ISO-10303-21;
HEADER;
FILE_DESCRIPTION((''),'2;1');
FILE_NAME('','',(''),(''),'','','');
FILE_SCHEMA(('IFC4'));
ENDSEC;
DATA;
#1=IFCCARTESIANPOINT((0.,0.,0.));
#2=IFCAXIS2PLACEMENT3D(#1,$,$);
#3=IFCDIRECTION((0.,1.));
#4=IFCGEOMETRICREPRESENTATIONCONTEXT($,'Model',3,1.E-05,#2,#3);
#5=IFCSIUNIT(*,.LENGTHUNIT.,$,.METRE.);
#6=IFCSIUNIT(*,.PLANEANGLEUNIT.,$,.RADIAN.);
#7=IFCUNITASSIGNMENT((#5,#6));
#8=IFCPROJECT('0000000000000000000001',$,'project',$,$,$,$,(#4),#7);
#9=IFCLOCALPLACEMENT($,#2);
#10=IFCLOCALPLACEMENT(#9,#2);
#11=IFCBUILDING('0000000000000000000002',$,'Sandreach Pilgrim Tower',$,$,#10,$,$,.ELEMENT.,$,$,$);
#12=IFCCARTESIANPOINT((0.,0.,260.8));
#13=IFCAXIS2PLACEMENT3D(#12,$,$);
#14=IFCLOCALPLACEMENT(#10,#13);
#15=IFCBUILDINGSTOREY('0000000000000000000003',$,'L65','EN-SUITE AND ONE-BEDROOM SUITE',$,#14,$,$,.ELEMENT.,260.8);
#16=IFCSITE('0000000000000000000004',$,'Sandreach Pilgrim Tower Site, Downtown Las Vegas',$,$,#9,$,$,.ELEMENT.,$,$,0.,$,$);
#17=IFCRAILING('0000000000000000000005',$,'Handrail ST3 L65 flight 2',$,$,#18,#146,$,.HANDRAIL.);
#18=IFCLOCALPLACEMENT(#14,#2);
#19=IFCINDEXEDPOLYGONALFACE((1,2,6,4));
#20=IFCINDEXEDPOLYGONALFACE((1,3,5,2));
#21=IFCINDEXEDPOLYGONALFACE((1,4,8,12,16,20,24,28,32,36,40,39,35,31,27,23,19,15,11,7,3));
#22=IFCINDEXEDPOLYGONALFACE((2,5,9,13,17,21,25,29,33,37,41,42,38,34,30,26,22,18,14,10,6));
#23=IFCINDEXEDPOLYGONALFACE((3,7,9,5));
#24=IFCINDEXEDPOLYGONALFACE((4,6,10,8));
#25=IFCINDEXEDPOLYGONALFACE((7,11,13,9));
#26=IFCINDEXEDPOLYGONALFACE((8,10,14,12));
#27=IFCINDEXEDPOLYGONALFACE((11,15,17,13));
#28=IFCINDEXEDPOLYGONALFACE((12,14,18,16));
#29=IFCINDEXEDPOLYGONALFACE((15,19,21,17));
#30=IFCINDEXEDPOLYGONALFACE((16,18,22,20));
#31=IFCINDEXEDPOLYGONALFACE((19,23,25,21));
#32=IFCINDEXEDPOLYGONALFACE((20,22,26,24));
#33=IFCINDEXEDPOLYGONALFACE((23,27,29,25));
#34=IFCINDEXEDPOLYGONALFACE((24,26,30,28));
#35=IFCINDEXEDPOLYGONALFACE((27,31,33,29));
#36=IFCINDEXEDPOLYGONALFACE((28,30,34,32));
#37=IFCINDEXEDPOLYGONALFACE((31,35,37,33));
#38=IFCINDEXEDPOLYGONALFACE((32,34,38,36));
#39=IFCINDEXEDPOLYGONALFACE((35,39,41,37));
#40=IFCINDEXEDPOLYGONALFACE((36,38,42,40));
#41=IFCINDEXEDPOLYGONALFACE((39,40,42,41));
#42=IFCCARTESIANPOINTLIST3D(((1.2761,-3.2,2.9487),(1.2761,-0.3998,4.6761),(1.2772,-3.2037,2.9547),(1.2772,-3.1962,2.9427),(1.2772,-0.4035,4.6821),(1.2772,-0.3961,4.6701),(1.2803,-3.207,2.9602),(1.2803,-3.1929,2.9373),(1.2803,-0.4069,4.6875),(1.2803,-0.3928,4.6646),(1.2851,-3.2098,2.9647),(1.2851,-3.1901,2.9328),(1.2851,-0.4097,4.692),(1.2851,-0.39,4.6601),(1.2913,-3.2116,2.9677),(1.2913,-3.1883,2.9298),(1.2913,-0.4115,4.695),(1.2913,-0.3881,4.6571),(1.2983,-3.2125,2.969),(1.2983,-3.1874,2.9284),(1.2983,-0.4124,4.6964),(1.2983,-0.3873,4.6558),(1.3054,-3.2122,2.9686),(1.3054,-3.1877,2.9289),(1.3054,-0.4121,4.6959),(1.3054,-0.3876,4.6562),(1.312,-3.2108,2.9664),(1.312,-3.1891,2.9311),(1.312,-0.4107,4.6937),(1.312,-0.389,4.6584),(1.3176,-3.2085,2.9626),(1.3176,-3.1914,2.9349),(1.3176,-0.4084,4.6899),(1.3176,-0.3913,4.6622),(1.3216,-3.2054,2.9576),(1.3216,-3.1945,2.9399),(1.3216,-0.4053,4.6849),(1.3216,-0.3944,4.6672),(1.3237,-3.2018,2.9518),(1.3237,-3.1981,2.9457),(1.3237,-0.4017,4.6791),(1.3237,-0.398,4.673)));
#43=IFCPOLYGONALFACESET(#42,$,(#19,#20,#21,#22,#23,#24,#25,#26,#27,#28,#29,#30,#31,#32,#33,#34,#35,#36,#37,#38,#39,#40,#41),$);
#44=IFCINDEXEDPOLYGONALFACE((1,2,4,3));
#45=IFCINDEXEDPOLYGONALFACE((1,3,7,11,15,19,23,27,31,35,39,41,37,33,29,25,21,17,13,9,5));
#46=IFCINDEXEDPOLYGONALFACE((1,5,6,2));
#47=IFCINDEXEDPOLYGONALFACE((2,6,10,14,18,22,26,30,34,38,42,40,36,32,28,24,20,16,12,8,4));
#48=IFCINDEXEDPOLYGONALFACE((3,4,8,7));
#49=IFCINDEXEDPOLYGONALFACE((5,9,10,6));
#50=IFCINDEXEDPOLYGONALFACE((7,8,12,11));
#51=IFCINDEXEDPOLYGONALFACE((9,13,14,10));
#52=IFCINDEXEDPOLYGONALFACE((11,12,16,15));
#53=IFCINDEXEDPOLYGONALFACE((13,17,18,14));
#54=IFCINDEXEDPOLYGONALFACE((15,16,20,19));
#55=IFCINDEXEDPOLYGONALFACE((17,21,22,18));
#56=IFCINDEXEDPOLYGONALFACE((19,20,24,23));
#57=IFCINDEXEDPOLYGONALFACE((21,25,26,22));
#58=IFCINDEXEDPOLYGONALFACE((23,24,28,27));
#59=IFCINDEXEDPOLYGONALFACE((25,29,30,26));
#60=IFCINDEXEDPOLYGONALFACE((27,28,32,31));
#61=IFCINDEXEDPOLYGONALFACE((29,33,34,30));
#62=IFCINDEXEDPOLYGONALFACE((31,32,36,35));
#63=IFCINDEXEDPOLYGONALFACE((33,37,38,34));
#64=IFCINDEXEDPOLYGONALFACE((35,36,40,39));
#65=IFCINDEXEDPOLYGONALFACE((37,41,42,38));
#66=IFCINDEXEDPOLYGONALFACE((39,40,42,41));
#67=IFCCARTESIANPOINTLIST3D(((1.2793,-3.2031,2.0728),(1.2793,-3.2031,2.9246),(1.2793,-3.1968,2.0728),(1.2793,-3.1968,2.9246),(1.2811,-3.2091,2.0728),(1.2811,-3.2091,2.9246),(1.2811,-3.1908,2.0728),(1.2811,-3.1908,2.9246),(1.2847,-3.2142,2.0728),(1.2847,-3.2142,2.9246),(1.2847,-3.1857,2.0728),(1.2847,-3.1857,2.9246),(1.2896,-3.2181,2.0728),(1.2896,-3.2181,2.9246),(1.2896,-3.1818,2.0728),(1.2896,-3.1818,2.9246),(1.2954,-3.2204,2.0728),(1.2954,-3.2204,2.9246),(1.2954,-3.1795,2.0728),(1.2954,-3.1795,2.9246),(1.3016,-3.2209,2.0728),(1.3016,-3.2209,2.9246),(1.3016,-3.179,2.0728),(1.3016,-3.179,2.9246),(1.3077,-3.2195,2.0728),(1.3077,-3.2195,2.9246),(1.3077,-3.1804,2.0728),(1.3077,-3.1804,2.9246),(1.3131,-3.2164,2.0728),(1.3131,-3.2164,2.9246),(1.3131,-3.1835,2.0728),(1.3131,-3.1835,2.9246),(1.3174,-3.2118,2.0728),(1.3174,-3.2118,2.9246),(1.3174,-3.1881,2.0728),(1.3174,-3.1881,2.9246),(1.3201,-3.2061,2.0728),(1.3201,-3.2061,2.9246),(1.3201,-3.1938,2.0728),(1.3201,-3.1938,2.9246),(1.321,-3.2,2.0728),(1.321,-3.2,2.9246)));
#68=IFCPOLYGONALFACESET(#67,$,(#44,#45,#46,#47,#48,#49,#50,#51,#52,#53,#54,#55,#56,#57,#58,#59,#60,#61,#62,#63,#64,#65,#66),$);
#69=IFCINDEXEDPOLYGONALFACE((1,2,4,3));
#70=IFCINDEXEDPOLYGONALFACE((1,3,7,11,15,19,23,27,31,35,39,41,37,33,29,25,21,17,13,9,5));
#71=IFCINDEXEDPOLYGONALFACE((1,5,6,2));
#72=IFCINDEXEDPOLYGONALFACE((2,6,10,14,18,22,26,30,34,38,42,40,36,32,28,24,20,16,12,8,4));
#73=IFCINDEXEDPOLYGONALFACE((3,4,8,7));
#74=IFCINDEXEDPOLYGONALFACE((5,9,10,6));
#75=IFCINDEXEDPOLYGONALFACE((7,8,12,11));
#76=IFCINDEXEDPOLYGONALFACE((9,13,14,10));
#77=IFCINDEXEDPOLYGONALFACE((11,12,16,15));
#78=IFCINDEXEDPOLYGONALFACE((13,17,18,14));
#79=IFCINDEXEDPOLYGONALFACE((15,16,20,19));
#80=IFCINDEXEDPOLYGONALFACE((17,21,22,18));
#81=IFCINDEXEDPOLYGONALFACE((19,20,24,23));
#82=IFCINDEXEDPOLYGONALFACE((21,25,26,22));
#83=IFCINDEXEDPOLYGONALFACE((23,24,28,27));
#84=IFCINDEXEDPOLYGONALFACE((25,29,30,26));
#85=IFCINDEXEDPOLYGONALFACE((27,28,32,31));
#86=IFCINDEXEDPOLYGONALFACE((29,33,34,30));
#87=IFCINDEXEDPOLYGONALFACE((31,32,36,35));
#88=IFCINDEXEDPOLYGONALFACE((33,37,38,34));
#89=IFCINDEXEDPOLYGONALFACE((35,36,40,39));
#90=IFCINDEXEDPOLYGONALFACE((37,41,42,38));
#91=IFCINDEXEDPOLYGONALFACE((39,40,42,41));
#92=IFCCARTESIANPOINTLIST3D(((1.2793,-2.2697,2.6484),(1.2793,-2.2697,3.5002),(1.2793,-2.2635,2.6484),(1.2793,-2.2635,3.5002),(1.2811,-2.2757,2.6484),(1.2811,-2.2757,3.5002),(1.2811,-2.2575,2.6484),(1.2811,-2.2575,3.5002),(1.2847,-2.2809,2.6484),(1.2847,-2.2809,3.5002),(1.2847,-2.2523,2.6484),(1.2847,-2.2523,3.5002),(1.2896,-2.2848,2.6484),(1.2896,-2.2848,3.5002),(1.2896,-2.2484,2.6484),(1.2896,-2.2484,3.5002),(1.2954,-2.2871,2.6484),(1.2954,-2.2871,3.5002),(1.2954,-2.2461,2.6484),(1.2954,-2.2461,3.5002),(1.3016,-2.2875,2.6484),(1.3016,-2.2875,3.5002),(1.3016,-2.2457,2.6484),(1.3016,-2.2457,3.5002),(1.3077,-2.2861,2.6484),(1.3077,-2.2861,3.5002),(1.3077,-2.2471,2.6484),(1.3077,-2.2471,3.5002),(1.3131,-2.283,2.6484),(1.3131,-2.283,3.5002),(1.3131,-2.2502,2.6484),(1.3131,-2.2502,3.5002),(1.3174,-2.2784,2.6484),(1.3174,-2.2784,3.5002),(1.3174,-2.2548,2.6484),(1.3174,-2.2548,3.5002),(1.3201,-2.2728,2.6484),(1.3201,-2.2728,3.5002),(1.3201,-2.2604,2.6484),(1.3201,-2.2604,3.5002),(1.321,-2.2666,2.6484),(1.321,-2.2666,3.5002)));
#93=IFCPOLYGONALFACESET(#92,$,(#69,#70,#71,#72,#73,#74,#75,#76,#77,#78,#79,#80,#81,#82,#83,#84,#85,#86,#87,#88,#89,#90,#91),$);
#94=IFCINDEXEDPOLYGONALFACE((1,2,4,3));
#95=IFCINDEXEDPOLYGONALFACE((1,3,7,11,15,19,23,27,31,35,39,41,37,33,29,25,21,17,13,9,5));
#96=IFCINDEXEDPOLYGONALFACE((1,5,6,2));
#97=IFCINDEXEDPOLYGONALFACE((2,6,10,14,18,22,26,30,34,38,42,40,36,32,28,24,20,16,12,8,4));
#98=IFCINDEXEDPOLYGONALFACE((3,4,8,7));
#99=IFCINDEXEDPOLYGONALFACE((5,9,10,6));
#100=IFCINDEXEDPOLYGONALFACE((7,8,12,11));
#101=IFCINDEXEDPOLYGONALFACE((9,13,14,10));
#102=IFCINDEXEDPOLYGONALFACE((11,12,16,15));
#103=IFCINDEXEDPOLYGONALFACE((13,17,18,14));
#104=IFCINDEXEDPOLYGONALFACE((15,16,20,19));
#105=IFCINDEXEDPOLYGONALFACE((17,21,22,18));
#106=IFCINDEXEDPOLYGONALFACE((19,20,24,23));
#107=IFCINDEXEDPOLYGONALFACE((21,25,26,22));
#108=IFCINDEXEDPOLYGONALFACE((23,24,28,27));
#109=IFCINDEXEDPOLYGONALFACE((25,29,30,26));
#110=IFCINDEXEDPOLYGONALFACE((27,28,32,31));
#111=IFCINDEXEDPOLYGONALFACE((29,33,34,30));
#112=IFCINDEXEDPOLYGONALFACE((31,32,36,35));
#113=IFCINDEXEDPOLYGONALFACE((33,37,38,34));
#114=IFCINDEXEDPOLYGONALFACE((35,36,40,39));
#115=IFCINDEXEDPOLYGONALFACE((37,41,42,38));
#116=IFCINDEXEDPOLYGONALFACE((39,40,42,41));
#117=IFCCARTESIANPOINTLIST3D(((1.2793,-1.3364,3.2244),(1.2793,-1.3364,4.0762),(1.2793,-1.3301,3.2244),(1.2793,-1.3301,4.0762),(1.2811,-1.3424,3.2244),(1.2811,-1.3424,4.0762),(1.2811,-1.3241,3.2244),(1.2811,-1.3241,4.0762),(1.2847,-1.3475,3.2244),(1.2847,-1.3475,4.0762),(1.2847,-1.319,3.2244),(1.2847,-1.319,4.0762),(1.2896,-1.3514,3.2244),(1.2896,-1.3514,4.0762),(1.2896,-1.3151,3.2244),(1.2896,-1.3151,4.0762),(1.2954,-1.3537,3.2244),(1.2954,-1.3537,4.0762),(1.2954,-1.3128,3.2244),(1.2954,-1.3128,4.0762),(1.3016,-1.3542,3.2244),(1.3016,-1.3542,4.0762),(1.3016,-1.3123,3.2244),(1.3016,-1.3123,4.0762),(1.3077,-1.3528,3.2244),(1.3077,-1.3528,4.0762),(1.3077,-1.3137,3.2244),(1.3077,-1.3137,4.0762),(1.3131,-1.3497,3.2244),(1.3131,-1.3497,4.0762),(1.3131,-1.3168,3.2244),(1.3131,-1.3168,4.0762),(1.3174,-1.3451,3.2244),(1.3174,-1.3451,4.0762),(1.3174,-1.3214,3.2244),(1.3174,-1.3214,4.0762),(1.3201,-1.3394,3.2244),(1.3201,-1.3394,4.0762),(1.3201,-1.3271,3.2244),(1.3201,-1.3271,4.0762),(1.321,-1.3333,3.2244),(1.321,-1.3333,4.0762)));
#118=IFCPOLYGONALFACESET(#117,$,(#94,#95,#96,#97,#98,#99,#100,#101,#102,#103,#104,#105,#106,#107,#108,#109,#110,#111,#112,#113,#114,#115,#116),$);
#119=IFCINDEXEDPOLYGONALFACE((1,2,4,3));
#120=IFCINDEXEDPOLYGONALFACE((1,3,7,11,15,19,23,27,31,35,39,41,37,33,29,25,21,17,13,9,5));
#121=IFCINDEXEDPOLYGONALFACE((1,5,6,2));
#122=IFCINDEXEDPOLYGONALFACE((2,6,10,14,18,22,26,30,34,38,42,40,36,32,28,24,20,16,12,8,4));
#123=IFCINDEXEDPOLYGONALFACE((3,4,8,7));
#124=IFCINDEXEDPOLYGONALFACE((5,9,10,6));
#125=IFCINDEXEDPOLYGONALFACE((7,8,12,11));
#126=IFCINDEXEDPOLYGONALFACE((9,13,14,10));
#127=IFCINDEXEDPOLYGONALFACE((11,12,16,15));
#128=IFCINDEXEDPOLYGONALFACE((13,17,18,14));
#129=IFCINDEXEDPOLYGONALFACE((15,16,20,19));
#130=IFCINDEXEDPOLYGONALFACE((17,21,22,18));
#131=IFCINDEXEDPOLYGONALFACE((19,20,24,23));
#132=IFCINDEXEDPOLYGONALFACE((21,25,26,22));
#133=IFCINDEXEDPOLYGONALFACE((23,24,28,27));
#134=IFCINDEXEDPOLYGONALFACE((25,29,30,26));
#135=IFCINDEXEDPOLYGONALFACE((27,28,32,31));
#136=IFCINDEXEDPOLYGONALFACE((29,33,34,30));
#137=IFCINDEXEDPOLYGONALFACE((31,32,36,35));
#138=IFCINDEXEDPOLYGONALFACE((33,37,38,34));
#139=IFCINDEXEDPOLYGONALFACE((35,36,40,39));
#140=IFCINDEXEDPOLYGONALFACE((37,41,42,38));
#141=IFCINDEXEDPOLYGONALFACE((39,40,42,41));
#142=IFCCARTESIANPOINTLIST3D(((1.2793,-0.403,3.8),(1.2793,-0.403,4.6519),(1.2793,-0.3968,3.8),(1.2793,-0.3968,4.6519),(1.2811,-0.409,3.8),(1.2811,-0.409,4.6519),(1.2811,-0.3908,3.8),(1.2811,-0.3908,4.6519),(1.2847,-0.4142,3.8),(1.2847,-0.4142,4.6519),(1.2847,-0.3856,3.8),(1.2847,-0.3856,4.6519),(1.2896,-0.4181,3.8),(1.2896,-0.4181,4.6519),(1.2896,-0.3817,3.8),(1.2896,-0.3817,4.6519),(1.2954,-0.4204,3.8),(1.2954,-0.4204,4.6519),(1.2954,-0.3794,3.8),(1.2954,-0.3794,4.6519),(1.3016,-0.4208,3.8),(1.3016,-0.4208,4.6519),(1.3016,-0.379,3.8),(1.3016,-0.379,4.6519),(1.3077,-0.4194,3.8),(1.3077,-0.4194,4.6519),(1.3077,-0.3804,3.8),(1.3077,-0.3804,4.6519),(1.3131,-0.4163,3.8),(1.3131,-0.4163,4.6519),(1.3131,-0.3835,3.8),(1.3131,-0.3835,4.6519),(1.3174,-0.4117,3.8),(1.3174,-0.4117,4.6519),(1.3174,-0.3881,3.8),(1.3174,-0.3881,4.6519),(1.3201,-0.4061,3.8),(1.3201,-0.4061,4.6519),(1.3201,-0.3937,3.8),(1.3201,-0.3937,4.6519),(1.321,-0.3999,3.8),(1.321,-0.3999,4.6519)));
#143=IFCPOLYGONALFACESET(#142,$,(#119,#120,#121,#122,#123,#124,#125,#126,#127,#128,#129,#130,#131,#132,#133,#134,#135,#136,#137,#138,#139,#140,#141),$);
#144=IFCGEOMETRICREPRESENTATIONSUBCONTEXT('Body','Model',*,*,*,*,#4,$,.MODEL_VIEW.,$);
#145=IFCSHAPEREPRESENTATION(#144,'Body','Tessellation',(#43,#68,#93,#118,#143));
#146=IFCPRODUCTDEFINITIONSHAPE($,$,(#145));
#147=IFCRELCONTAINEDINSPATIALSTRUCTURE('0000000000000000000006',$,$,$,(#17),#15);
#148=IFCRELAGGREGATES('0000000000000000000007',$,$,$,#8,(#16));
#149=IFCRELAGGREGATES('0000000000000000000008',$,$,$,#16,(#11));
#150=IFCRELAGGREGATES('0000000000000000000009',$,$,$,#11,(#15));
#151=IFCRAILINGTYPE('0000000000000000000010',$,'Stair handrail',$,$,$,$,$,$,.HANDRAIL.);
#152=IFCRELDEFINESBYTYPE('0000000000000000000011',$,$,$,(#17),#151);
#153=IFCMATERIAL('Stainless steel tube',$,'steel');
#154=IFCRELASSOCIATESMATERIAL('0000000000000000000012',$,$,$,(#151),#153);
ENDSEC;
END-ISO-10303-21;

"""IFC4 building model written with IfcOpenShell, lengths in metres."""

from ifc_helpers import new_model, si_unit, direction, frame, origin, origin_2d, place, context, subcontext, project, spatial, circle, extrude, material, type_object, element, save


model = new_model("IFC4")

# Units and contexts
model_context = context("Model", 3, precision=1e-05, world=origin(), true_north=direction((0.0, 1.0)))
body_context = subcontext(model_context, "Body", "Model", "MODEL_VIEW")
ifc_project = project(units=[si_unit("LENGTHUNIT", "METRE"), si_unit("PLANEANGLEUNIT", "RADIAN")], contexts=[model_context])

# Site, building, storey
site_placement = place(None, origin())
site = spatial("IfcSite", under=ifc_project, at=site_placement, Name="Sandreach Pilgrim Tower Site, Downtown Las Vegas", CompositionType="ELEMENT", RefElevation=0.0)
building_placement = place(site_placement, origin())
building = spatial("IfcBuilding", under=site, at=building_placement, Name="Sandreach Pilgrim Tower", CompositionType="ELEMENT")
storey_placement = place(building_placement, frame((0.0, 0.0, 260.8)))
storey = spatial("IfcBuildingStorey", under=building, at=storey_placement, Name="L65", Description="EN-SUITE AND ONE-BEDROOM SUITE", CompositionType="ELEMENT", Elevation=260.8)

# Railing
ifc_material_1 = material(Name="Stainless steel tube", Category="steel")
railing_type = type_object("IfcRailingType", Name="Stair handrail", PredefinedType="HANDRAIL", material=ifc_material_1)
for number, where, name in (
    (1, (1.3, -3.2, 2.0728), "Handrail ST3 L65 flight 2"),
):
    element("IfcRailing", number, at=place(storey_placement, frame(where)), inside=storey, type_object=railing_type, Name=name, PredefinedType="HANDRAIL", context=body_context, shape_type="SweptSolid", body=[
        extrude(circle(Radius=0.0239, at=origin_2d()), frame((0.0, 0.0, 0.876), z_axis=(0.0, 0.85109, 0.52502), x_axis=(-1.0, 0.0, 0.0)), (0.0, 0.0, 1.0), 3.29),
        extrude(circle(Radius=0.021, at=origin_2d()), origin(), (0.0, 0.0, 1.0), 0.8518),
        extrude(circle(Radius=0.021, at=origin_2d()), frame((0.0, 0.9333, 0.5757)), (0.0, 0.0, 1.0), 0.8518),
        extrude(circle(Radius=0.021, at=origin_2d()), frame((0.0, 1.8667, 1.1516)), (0.0, 0.0, 1.0), 0.8518),
        extrude(circle(Radius=0.021, at=origin_2d()), frame((0.0, 2.8, 1.7273)), (0.0, 0.0, 1.0), 0.8518),
    ])

save(model, "model.ifc")
